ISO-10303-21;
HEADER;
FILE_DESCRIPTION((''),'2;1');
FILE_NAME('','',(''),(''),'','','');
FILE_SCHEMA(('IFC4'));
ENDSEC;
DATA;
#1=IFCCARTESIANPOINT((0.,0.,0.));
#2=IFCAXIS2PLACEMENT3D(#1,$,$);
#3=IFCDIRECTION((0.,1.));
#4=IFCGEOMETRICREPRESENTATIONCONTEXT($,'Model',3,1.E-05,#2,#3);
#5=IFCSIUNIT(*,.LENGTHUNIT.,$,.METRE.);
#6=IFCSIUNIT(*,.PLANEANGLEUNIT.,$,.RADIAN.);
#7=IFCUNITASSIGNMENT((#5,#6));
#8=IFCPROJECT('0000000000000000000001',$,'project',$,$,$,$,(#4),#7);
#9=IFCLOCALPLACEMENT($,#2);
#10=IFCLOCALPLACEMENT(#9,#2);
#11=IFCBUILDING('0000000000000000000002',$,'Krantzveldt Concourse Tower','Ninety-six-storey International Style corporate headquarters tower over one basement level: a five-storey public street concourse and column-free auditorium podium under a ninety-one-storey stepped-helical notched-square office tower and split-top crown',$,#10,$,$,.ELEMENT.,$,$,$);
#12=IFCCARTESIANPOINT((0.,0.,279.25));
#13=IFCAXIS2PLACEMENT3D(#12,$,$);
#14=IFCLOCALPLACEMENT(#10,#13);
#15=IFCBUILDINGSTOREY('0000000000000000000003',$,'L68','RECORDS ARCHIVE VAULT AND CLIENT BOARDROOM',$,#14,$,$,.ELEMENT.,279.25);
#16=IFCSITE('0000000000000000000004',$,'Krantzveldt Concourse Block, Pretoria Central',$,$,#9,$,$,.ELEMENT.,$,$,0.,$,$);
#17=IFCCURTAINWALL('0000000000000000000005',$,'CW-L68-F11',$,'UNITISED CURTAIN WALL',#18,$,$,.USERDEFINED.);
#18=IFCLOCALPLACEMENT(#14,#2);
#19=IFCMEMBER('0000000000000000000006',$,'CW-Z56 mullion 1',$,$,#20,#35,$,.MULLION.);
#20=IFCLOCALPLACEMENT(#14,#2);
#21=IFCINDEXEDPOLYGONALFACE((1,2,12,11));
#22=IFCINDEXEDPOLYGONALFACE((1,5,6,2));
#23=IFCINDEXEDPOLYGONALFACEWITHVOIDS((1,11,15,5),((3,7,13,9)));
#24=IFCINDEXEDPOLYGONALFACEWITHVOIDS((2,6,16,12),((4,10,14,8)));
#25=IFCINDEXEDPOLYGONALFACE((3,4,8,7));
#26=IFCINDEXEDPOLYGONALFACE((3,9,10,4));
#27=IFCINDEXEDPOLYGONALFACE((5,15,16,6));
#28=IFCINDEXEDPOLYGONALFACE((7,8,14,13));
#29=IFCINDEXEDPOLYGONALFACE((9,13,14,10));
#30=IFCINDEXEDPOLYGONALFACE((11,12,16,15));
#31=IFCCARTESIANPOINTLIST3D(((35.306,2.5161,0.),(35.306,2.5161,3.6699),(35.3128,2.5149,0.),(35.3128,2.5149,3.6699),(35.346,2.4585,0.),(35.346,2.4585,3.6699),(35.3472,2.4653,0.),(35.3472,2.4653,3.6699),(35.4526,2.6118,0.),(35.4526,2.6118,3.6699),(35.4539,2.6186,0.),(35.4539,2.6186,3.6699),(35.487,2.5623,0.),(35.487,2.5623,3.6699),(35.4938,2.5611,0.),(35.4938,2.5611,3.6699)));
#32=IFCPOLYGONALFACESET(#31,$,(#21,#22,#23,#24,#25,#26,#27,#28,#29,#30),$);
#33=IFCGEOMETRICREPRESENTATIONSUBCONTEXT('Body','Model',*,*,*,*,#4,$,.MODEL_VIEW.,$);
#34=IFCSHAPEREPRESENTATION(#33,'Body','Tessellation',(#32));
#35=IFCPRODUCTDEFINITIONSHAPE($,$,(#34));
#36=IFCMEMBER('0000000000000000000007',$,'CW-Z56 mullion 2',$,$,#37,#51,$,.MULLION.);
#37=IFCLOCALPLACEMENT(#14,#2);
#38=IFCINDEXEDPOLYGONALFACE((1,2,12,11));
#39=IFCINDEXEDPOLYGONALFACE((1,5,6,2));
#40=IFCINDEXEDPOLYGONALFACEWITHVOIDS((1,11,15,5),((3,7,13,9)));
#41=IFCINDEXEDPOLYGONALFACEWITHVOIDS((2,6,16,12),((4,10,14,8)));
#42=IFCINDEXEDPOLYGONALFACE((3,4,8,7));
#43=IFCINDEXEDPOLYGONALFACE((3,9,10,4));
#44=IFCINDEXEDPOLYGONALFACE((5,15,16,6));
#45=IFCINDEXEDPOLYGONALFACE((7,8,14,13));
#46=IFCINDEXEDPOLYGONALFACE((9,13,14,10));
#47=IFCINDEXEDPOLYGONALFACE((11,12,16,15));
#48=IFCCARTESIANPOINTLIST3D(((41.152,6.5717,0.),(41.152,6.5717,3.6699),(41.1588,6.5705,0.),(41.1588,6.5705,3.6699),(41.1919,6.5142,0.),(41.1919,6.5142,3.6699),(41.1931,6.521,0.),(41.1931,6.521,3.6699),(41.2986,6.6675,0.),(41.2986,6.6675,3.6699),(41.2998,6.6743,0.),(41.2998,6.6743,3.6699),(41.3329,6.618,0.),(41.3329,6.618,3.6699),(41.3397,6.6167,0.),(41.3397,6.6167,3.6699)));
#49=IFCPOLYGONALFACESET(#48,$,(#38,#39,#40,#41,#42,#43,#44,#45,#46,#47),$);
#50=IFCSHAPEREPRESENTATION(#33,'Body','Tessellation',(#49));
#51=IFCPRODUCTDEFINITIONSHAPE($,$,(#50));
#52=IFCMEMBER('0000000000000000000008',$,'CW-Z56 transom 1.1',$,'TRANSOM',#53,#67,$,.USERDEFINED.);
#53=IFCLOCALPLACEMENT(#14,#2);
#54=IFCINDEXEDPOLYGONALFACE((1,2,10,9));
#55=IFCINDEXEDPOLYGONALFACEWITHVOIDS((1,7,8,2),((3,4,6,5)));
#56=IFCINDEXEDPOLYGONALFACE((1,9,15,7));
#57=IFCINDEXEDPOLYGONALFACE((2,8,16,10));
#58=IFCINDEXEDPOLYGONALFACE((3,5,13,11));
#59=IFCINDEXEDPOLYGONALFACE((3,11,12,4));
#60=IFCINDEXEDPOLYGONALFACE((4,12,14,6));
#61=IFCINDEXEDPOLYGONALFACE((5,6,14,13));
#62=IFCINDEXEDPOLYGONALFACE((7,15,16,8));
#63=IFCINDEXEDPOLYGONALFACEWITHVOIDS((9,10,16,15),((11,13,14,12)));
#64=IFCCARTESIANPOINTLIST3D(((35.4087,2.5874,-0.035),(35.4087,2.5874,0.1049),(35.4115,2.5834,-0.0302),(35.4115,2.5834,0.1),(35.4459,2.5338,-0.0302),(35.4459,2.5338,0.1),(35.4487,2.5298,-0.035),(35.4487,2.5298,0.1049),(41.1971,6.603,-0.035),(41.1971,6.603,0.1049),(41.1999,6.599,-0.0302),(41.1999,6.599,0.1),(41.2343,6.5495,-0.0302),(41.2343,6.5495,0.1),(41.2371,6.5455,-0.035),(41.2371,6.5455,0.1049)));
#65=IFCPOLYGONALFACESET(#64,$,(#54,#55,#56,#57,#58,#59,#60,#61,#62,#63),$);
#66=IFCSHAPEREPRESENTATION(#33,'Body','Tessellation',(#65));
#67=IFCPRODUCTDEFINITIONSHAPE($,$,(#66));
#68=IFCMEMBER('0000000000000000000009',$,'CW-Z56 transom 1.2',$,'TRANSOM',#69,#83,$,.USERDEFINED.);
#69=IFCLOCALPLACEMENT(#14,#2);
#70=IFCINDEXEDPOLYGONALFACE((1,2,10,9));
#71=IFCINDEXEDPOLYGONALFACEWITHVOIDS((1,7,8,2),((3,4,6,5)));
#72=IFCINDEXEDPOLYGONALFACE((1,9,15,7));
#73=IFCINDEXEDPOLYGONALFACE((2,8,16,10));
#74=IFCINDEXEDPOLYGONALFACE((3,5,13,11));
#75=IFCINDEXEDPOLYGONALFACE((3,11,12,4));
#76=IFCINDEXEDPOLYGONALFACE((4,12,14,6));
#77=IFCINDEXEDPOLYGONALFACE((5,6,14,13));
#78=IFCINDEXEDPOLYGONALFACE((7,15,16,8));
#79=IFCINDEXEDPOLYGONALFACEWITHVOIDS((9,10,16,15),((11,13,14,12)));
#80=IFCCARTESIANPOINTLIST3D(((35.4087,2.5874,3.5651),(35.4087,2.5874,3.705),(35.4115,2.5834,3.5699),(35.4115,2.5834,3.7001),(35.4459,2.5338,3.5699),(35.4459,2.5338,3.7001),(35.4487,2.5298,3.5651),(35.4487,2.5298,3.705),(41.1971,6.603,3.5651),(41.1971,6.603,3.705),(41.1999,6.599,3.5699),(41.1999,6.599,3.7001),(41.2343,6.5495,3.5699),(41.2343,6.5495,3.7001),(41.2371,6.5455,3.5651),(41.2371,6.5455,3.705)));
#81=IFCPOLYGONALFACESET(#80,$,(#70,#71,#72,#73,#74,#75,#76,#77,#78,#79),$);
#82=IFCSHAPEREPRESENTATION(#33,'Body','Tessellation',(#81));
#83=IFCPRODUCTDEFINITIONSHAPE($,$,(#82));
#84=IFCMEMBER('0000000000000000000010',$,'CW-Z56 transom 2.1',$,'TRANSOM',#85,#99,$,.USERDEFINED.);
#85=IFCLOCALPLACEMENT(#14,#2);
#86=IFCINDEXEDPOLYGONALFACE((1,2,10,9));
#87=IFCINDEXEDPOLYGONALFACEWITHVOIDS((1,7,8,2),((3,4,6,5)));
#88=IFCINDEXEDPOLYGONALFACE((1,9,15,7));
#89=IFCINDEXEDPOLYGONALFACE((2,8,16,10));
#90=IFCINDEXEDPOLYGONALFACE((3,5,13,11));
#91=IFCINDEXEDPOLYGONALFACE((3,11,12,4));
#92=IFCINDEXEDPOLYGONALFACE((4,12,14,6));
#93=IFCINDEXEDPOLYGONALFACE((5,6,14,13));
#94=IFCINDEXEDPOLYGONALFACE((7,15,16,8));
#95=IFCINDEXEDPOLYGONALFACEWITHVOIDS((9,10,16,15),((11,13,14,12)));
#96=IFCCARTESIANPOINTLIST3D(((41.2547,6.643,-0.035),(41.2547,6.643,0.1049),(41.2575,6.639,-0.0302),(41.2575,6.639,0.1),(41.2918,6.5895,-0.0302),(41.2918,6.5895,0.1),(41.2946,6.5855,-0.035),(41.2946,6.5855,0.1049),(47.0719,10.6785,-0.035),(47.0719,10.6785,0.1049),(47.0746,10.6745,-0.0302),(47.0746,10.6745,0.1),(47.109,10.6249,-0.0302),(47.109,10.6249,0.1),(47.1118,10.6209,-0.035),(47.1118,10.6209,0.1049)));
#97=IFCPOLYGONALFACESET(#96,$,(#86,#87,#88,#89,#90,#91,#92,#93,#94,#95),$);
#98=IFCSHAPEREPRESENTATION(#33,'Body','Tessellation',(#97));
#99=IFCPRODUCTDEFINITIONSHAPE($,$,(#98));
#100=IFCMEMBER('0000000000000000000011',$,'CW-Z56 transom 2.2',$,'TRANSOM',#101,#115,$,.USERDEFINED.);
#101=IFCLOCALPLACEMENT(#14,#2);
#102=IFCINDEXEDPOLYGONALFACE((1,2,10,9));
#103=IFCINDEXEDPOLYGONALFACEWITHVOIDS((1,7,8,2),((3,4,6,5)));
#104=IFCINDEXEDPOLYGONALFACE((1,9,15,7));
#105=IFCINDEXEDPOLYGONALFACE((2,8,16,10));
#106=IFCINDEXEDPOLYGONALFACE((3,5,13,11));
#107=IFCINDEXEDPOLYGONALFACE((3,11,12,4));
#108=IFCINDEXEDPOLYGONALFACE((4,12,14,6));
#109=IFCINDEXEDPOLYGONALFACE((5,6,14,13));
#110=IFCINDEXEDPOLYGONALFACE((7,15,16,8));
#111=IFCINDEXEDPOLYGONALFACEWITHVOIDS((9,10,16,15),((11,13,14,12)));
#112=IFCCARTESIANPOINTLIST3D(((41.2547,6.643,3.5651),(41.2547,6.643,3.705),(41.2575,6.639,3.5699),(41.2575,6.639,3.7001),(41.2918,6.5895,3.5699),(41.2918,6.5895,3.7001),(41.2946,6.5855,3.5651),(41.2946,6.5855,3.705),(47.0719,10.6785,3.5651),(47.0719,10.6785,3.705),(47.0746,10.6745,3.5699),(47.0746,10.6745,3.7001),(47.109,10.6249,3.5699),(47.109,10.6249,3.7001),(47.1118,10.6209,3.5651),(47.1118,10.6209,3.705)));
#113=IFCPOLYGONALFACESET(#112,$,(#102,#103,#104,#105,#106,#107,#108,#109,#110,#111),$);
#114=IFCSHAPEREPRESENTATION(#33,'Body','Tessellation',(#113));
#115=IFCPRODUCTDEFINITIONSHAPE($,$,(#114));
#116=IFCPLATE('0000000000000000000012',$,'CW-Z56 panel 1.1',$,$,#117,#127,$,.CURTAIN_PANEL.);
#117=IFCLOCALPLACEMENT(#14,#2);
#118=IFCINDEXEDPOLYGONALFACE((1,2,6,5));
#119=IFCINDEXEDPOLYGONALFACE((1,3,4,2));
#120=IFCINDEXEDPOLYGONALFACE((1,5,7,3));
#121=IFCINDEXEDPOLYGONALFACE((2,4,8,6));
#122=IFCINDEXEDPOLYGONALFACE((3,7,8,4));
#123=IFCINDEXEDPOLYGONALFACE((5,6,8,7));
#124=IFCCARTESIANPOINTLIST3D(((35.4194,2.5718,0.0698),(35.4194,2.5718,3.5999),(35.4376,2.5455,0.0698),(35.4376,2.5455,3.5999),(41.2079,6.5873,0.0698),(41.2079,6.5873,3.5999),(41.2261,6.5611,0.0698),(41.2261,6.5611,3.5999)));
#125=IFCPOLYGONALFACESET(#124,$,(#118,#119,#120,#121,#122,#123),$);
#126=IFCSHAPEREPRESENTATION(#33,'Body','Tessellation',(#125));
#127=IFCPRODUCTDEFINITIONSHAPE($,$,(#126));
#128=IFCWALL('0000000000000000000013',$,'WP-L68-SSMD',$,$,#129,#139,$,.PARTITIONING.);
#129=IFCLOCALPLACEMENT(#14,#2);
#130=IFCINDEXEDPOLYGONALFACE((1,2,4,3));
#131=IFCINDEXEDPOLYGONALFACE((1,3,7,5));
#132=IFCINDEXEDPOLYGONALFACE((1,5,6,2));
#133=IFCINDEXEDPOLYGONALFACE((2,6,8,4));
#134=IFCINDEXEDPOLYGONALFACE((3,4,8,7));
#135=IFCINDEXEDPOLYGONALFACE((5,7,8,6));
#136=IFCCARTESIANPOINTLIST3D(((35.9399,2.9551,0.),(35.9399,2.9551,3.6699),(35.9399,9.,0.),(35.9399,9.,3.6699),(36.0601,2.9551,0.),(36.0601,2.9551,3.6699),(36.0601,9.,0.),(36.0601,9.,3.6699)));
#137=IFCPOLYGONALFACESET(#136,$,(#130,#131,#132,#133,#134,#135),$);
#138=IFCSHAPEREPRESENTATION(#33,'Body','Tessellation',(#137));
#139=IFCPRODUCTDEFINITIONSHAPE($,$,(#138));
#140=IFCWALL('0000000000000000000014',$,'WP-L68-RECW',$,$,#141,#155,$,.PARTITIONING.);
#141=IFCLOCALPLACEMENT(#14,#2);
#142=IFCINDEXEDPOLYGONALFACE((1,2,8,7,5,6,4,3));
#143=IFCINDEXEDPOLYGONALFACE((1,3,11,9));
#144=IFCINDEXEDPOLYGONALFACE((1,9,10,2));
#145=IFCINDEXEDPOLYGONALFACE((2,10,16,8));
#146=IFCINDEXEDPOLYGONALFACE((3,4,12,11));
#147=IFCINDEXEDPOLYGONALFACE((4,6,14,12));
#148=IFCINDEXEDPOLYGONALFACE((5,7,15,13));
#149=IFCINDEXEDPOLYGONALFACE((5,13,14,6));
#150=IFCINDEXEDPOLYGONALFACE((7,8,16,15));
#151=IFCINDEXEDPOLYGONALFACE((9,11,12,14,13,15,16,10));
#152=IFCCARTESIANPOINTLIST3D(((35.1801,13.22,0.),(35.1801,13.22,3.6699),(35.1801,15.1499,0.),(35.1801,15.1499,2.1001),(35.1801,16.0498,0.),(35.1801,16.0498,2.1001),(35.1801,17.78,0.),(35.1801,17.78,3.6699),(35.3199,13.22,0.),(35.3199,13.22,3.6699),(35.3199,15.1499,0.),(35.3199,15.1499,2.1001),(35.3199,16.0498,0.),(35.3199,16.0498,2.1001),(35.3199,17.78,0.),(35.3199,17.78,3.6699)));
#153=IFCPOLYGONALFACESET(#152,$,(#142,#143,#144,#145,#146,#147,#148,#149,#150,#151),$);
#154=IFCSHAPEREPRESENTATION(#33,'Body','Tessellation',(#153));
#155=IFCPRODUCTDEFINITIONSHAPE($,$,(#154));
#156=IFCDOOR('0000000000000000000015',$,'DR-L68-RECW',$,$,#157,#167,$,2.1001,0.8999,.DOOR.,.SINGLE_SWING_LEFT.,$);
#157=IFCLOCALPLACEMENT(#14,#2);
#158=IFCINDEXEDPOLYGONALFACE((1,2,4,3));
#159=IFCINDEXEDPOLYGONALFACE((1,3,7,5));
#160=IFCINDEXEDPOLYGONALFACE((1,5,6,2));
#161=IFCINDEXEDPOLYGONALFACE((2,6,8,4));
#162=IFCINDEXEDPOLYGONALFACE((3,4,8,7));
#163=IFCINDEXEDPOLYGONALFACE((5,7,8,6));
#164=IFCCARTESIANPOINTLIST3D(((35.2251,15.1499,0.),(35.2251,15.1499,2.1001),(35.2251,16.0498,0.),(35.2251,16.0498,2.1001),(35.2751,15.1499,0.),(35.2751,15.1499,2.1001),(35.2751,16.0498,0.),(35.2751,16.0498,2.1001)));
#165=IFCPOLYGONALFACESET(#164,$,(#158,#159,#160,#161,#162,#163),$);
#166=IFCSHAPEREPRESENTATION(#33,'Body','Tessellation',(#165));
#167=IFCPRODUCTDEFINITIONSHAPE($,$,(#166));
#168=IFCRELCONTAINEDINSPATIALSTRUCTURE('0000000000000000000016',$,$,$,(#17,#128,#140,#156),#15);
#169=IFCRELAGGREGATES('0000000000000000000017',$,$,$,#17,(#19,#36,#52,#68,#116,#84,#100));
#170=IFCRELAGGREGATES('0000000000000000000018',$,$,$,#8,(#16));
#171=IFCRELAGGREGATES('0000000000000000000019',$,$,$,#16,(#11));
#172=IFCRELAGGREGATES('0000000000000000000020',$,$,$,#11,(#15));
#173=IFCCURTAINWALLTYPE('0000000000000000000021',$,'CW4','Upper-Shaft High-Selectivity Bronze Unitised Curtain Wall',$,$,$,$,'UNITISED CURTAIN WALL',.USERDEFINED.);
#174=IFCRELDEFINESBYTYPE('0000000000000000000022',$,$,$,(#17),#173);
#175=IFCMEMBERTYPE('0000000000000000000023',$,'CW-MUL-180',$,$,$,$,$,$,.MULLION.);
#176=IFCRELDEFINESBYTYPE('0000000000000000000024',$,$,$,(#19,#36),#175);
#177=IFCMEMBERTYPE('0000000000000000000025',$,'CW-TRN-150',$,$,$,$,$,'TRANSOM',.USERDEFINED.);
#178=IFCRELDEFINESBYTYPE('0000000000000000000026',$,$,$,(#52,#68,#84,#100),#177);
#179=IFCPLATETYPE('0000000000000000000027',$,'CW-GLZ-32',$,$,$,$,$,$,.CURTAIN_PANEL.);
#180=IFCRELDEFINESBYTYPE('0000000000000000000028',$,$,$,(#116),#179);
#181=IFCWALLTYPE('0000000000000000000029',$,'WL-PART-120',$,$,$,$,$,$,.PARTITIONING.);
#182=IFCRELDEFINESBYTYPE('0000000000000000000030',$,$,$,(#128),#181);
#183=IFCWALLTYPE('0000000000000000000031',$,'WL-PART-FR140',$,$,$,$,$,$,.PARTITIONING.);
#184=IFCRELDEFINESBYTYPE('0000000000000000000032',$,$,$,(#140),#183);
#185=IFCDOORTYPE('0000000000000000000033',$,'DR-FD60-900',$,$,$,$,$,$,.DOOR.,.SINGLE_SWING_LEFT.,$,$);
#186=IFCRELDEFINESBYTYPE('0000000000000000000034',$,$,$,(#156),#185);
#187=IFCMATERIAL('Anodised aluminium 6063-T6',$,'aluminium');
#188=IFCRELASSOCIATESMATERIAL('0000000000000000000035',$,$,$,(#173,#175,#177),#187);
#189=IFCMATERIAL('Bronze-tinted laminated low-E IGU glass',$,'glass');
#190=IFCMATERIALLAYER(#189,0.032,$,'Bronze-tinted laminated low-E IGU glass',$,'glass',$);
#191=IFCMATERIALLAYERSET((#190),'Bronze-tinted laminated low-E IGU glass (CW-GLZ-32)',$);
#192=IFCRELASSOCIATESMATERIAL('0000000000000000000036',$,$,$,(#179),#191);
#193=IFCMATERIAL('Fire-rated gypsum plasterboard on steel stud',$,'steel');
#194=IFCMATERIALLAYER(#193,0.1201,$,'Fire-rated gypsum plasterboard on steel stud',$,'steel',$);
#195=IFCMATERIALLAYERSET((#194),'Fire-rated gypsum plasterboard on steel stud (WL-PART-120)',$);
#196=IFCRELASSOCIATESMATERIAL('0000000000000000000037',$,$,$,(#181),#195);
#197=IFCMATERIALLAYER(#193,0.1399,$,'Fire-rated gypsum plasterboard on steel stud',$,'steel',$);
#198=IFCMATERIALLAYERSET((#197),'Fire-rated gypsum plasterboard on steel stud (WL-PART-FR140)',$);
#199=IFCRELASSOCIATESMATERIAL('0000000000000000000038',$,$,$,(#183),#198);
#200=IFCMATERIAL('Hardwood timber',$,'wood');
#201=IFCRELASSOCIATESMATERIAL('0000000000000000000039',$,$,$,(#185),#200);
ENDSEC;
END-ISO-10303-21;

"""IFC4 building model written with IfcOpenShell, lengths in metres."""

from ifc_helpers import new_model, si_unit, direction, frame, frame_2d, origin, origin_2d, place, context, subcontext, project, spatial, rectangle, hollow_rectangle, extrude, source, transform, mapped, material, layer, layer_set, material_profile, profile_set, type_object, type_shapes, element, fill, aggregate, save


model = new_model("IFC4")

# Units and contexts
model_context = context("Model", 3, precision=1e-05, world=origin(), true_north=direction((0.0, 1.0)))
body_context = subcontext(model_context, "Body", "Model", "MODEL_VIEW")
ifc_project = project(units=[si_unit("LENGTHUNIT", "METRE"), si_unit("PLANEANGLEUNIT", "RADIAN")], contexts=[model_context])

# Site, building, storey
site_placement = place(None, origin())
site = spatial("IfcSite", under=ifc_project, at=site_placement, Name="Krantzveldt Concourse Block, Pretoria Central", CompositionType="ELEMENT", RefElevation=0.0)
building_placement = place(site_placement, origin())
building = spatial("IfcBuilding", under=site, at=building_placement, Name="Krantzveldt Concourse Tower", Description="Ninety-six-storey International Style corporate headquarters tower over one basement level: a five-storey public street concourse and column-free auditorium podium under a ninety-one-storey stepped-helical notched-square office tower and split-top crown", CompositionType="ELEMENT")
storey_placement = place(building_placement, frame((0.0, 0.0, 279.25)))
storey = spatial("IfcBuildingStorey", under=building, at=storey_placement, Name="L68", Description="RECORDS ARCHIVE VAULT AND CLIENT BOARDROOM", CompositionType="ELEMENT", Elevation=279.25)

# Curtain wall, members, plate
ifc_material_1 = material(Name="Anodised aluminium 6063-T6", Category="aluminium")
curtain_wall_type = type_object("IfcCurtainWallType", Name="CW4", Description="Upper-Shaft High-Selectivity Bronze Unitised Curtain Wall", ElementType="UNITISED CURTAIN WALL", PredefinedType="USERDEFINED", material=ifc_material_1)
curtain_wall_placement = place(storey_placement, origin())
curtain_wall = element("IfcCurtainWall", 1, at=curtain_wall_placement, inside=storey, type_object=curtain_wall_type, Name="CW-L68-F11", ObjectType="UNITISED CURTAIN WALL", PredefinedType="USERDEFINED")
ifc_material_profile_1 = material_profile(ifc_material_1, hollow_rectangle(XDim=0.0701, YDim=0.1799, WallThickness=0.0049, at=origin_2d()), Name="Anodised aluminium 6063-T6", Category="aluminium")
ifc_profile_set_1 = profile_set([ifc_material_profile_1], Name="Anodised aluminium 6063-T6 - ALU-MULL 180x70x5")
member_type_1 = type_object("IfcMemberType", Name="CW-MUL-180", PredefinedType="MULLION", material=ifc_profile_set_1)
shared_shape_1 = source(origin(), body_context, "Body", "SweptSolid", [
    extrude(hollow_rectangle(XDim=0.0701, YDim=0.1799, WallThickness=0.0049, at=origin_2d()), origin(), (0.0, 0.0, 1.0), 3.6699),
])
type_shapes(member_type_1, [shared_shape_1])
member_1_placement = place(storey_placement, frame((35.3999, 2.5386, 0.0), z_axis=(0.0, 0.0, 1.0), x_axis=(-0.569997, 0.821647, 0.0)))
member_1 = element("IfcMember", 2, at=member_1_placement, type_object=member_type_1, Name="CW-Z56 mullion 1", PredefinedType="MULLION", context=body_context, shape_type="MappedRepresentation", body=[
    mapped(shared_shape_1, transform((0.0, 0.0, 0.0), x_axis=(1.0, 0.0, 0.0), y_axis=(0.0, 1.0, 0.0), z_axis=(0.0, 0.0, 1.0), scale=1.0)),
])
member_2_placement = place(storey_placement, frame((41.2458, 6.5942, 0.0), z_axis=(0.0, 0.0, 1.0), x_axis=(-0.569997, 0.821647, 0.0)))
member_2 = element("IfcMember", 3, at=member_2_placement, type_object=member_type_1, Name="CW-Z56 mullion 2", PredefinedType="MULLION", context=body_context, shape_type="MappedRepresentation", body=[
    mapped(shared_shape_1, transform((0.0, 0.0, 0.0), x_axis=(1.0, 0.0, 0.0), y_axis=(0.0, 1.0, 0.0), z_axis=(0.0, 0.0, 1.0), scale=1.0)),
])
ifc_material_profile_2 = material_profile(ifc_material_1, hollow_rectangle(XDim=0.0701, YDim=0.1399, WallThickness=0.0049, at=origin_2d()), Name="Anodised aluminium 6063-T6", Category="aluminium")
ifc_profile_set_2 = profile_set([ifc_material_profile_2], Name="Anodised aluminium 6063-T6 - ALU-TRAN 140x70x5")
member_type_2 = type_object("IfcMemberType", Name="CW-TRN-150", ElementType="TRANSOM", PredefinedType="USERDEFINED", material=ifc_profile_set_2)
shared_shape_2 = source(origin(), body_context, "Body", "SweptSolid", [
    extrude(hollow_rectangle(XDim=0.0701, YDim=0.1399, WallThickness=0.0049, at=origin_2d()), origin(), (0.0, 0.0, 1.0), 7.0449),
])
member_3_placement = place(storey_placement, frame((35.4287, 2.5586, 0.0349), z_axis=(0.821639, 0.570008, 0.0), x_axis=(-0.570008, 0.821639, 0.0)))
member_3 = element("IfcMember", 4, at=member_3_placement, type_object=member_type_2, Name="CW-Z56 transom 1.1", ObjectType="TRANSOM", PredefinedType="USERDEFINED", context=body_context, shape_type="MappedRepresentation", body=[
    mapped(shared_shape_2, transform((0.0, 0.0, 0.0), x_axis=(1.0, 0.0, 0.0), y_axis=(0.0, 1.0, 0.0), z_axis=(0.0, 0.0, 1.0), scale=1.0)),
])
member_4_placement = place(storey_placement, frame((35.4287, 2.5586, 3.635), z_axis=(0.821639, 0.570008, 0.0), x_axis=(-0.570008, 0.821639, 0.0)))
member_4 = element("IfcMember", 5, at=member_4_placement, type_object=member_type_2, Name="CW-Z56 transom 1.2", ObjectType="TRANSOM", PredefinedType="USERDEFINED", context=body_context, shape_type="MappedRepresentation", body=[
    mapped(shared_shape_2, transform((0.0, 0.0, 0.0), x_axis=(1.0, 0.0, 0.0), y_axis=(0.0, 1.0, 0.0), z_axis=(0.0, 0.0, 1.0), scale=1.0)),
])
shared_shape_3 = source(origin(), body_context, "Body", "SweptSolid", [
    extrude(hollow_rectangle(XDim=0.0701, YDim=0.1399, WallThickness=0.0049, at=origin_2d()), origin(), (0.0, 0.0, 1.0), 7.0798),
])
type_shapes(member_type_2, [shared_shape_2, shared_shape_3])
member_5_placement = place(storey_placement, frame((41.2747, 6.6143, 0.0349), z_axis=(0.821653, 0.569988, 0.0), x_axis=(-0.569988, 0.821653, 0.0)))
member_5 = element("IfcMember", 6, at=member_5_placement, type_object=member_type_2, Name="CW-Z56 transom 2.1", ObjectType="TRANSOM", PredefinedType="USERDEFINED", context=body_context, shape_type="MappedRepresentation", body=[
    mapped(shared_shape_3, transform((0.0, 0.0, 0.0), x_axis=(1.0, 0.0, 0.0), y_axis=(0.0, 1.0, 0.0), z_axis=(0.0, 0.0, 1.0), scale=1.0)),
])
member_6_placement = place(storey_placement, frame((41.2747, 6.6143, 3.635), z_axis=(0.821653, 0.569988, 0.0), x_axis=(-0.569988, 0.821653, 0.0)))
member_6 = element("IfcMember", 7, at=member_6_placement, type_object=member_type_2, Name="CW-Z56 transom 2.2", ObjectType="TRANSOM", PredefinedType="USERDEFINED", context=body_context, shape_type="MappedRepresentation", body=[
    mapped(shared_shape_3, transform((0.0, 0.0, 0.0), x_axis=(1.0, 0.0, 0.0), y_axis=(0.0, 1.0, 0.0), z_axis=(0.0, 0.0, 1.0), scale=1.0)),
])
ifc_material_2 = material(Name="Bronze-tinted laminated low-E IGU glass", Category="glass")
ifc_layer_1 = layer(ifc_material_2, 0.032, Name="Bronze-tinted laminated low-E IGU glass", Category="glass")
ifc_layer_set_1 = layer_set([ifc_layer_1], Name="Bronze-tinted laminated low-E IGU glass (CW-GLZ-32)")
plate_type = type_object("IfcPlateType", Name="CW-GLZ-32", PredefinedType="CURTAIN_PANEL", material=ifc_layer_set_1)
shared_shape_4 = source(origin(), body_context, "Body", "SweptSolid", [
    extrude(rectangle(XDim=7.0449, YDim=0.032, at=origin_2d()), origin(), (0.0, 0.0, 1.0), 3.53),
])
type_shapes(plate_type, [shared_shape_4])
plate_placement = place(storey_placement, frame((38.3228, 4.5664, 0.0698), z_axis=(0.0, 0.0, 1.0), x_axis=(0.821647, 0.569997, 0.0)))
plate = element("IfcPlate", 8, at=plate_placement, type_object=plate_type, Name="CW-Z56 panel 1.1", PredefinedType="CURTAIN_PANEL", context=body_context, shape_type="MappedRepresentation", body=[
    mapped(shared_shape_4, transform((0.0, 0.0, 0.0), x_axis=(1.0, 0.0, 0.0), y_axis=(0.0, 1.0, 0.0), z_axis=(0.0, 0.0, 1.0), scale=1.0)),
])
aggregate(curtain_wall, [member_1, member_2, member_3, member_4, plate, member_5, member_6])

# Wall
ifc_material_3 = material(Name="Fire-rated gypsum plasterboard on steel stud", Category="steel")
ifc_layer_2 = layer(ifc_material_3, 0.1201, Name="Fire-rated gypsum plasterboard on steel stud", Category="steel")
ifc_layer_set_2 = layer_set([ifc_layer_2], Name="Fire-rated gypsum plasterboard on steel stud (WL-PART-120)")
wall_type_1 = type_object("IfcWallType", Name="WL-PART-120", PredefinedType="PARTITIONING", material=ifc_layer_set_2)
wall_1_placement = place(storey_placement, frame((36.0, 2.9551, 0.0), z_axis=(0.0, 0.0, 1.0), x_axis=(0.0, 1.0, 0.0)))
element("IfcWall", 9, at=wall_1_placement, inside=storey, type_object=wall_type_1, Name="WP-L68-SSMD", PredefinedType="PARTITIONING", context=body_context, shape_type="SweptSolid", body=[
    extrude(rectangle(XDim=6.0449, YDim=0.1201, at=frame_2d((3.0225, 0.0))), origin(), (0.0, 0.0, 1.0), 3.6699),
])

# Wall, opening, door
ifc_layer_3 = layer(ifc_material_3, 0.1399, Name="Fire-rated gypsum plasterboard on steel stud", Category="steel")
ifc_layer_set_3 = layer_set([ifc_layer_3], Name="Fire-rated gypsum plasterboard on steel stud (WL-PART-FR140)")
wall_type_2 = type_object("IfcWallType", Name="WL-PART-FR140", PredefinedType="PARTITIONING", material=ifc_layer_set_3)
wall_2_placement = place(storey_placement, frame((35.25, 13.22, 0.0), z_axis=(0.0, 0.0, 1.0), x_axis=(0.0, 1.0, 0.0)))
wall_2 = element("IfcWall", 10, at=wall_2_placement, inside=storey, type_object=wall_type_2, Name="WP-L68-RECW", PredefinedType="PARTITIONING", context=body_context, shape_type="SweptSolid", body=[
    extrude(rectangle(XDim=4.5601, YDim=0.1399, at=frame_2d((2.28, 0.0))), origin(), (0.0, 0.0, 1.0), 3.6699),
])
opening_1_placement = place(wall_2_placement, frame((1.9299, 0.0, 0.0)))
opening_1 = element("IfcOpeningElement", 11, at=opening_1_placement, cuts=wall_2, PredefinedType="OPENING", context=body_context, shape_type="SweptSolid", body=[
    extrude(rectangle(XDim=0.8999, YDim=2.1001, at=frame_2d((0.45, 1.05))), frame((0.0, 0.0801, 0.0), z_axis=(0.0, -1.0, 0.0), x_axis=(1.0, 0.0, 0.0)), (0.0, 0.0, 1.0), 0.1599),
])
ifc_material_4 = material(Name="Hardwood timber", Category="wood")
door_type_1 = type_object("IfcDoorType", Name="DR-FD60-900", OperationType="SINGLE_SWING_LEFT", PredefinedType="DOOR", material=ifc_material_4)
door_1_placement = place(opening_1_placement, origin())
door_1 = element("IfcDoor", 12, at=door_1_placement, inside=storey, type_object=door_type_1, Name="DR-L68-RECW", OperationType="SINGLE_SWING_LEFT", OverallHeight=2.1001, OverallWidth=0.8999, PredefinedType="DOOR", context=body_context, shape_type="SweptSolid", body=[
    extrude(rectangle(XDim=0.8999, YDim=2.1001, at=frame_2d((0.45, 1.05))), frame((0.0, 0.0249, 0.0), z_axis=(0.0, -1.0, 0.0), x_axis=(1.0, 0.0, 0.0)), (0.0, 0.0, 1.0), 0.05),
])
fill(opening_1, door_1)

save(model, "model.ifc")
